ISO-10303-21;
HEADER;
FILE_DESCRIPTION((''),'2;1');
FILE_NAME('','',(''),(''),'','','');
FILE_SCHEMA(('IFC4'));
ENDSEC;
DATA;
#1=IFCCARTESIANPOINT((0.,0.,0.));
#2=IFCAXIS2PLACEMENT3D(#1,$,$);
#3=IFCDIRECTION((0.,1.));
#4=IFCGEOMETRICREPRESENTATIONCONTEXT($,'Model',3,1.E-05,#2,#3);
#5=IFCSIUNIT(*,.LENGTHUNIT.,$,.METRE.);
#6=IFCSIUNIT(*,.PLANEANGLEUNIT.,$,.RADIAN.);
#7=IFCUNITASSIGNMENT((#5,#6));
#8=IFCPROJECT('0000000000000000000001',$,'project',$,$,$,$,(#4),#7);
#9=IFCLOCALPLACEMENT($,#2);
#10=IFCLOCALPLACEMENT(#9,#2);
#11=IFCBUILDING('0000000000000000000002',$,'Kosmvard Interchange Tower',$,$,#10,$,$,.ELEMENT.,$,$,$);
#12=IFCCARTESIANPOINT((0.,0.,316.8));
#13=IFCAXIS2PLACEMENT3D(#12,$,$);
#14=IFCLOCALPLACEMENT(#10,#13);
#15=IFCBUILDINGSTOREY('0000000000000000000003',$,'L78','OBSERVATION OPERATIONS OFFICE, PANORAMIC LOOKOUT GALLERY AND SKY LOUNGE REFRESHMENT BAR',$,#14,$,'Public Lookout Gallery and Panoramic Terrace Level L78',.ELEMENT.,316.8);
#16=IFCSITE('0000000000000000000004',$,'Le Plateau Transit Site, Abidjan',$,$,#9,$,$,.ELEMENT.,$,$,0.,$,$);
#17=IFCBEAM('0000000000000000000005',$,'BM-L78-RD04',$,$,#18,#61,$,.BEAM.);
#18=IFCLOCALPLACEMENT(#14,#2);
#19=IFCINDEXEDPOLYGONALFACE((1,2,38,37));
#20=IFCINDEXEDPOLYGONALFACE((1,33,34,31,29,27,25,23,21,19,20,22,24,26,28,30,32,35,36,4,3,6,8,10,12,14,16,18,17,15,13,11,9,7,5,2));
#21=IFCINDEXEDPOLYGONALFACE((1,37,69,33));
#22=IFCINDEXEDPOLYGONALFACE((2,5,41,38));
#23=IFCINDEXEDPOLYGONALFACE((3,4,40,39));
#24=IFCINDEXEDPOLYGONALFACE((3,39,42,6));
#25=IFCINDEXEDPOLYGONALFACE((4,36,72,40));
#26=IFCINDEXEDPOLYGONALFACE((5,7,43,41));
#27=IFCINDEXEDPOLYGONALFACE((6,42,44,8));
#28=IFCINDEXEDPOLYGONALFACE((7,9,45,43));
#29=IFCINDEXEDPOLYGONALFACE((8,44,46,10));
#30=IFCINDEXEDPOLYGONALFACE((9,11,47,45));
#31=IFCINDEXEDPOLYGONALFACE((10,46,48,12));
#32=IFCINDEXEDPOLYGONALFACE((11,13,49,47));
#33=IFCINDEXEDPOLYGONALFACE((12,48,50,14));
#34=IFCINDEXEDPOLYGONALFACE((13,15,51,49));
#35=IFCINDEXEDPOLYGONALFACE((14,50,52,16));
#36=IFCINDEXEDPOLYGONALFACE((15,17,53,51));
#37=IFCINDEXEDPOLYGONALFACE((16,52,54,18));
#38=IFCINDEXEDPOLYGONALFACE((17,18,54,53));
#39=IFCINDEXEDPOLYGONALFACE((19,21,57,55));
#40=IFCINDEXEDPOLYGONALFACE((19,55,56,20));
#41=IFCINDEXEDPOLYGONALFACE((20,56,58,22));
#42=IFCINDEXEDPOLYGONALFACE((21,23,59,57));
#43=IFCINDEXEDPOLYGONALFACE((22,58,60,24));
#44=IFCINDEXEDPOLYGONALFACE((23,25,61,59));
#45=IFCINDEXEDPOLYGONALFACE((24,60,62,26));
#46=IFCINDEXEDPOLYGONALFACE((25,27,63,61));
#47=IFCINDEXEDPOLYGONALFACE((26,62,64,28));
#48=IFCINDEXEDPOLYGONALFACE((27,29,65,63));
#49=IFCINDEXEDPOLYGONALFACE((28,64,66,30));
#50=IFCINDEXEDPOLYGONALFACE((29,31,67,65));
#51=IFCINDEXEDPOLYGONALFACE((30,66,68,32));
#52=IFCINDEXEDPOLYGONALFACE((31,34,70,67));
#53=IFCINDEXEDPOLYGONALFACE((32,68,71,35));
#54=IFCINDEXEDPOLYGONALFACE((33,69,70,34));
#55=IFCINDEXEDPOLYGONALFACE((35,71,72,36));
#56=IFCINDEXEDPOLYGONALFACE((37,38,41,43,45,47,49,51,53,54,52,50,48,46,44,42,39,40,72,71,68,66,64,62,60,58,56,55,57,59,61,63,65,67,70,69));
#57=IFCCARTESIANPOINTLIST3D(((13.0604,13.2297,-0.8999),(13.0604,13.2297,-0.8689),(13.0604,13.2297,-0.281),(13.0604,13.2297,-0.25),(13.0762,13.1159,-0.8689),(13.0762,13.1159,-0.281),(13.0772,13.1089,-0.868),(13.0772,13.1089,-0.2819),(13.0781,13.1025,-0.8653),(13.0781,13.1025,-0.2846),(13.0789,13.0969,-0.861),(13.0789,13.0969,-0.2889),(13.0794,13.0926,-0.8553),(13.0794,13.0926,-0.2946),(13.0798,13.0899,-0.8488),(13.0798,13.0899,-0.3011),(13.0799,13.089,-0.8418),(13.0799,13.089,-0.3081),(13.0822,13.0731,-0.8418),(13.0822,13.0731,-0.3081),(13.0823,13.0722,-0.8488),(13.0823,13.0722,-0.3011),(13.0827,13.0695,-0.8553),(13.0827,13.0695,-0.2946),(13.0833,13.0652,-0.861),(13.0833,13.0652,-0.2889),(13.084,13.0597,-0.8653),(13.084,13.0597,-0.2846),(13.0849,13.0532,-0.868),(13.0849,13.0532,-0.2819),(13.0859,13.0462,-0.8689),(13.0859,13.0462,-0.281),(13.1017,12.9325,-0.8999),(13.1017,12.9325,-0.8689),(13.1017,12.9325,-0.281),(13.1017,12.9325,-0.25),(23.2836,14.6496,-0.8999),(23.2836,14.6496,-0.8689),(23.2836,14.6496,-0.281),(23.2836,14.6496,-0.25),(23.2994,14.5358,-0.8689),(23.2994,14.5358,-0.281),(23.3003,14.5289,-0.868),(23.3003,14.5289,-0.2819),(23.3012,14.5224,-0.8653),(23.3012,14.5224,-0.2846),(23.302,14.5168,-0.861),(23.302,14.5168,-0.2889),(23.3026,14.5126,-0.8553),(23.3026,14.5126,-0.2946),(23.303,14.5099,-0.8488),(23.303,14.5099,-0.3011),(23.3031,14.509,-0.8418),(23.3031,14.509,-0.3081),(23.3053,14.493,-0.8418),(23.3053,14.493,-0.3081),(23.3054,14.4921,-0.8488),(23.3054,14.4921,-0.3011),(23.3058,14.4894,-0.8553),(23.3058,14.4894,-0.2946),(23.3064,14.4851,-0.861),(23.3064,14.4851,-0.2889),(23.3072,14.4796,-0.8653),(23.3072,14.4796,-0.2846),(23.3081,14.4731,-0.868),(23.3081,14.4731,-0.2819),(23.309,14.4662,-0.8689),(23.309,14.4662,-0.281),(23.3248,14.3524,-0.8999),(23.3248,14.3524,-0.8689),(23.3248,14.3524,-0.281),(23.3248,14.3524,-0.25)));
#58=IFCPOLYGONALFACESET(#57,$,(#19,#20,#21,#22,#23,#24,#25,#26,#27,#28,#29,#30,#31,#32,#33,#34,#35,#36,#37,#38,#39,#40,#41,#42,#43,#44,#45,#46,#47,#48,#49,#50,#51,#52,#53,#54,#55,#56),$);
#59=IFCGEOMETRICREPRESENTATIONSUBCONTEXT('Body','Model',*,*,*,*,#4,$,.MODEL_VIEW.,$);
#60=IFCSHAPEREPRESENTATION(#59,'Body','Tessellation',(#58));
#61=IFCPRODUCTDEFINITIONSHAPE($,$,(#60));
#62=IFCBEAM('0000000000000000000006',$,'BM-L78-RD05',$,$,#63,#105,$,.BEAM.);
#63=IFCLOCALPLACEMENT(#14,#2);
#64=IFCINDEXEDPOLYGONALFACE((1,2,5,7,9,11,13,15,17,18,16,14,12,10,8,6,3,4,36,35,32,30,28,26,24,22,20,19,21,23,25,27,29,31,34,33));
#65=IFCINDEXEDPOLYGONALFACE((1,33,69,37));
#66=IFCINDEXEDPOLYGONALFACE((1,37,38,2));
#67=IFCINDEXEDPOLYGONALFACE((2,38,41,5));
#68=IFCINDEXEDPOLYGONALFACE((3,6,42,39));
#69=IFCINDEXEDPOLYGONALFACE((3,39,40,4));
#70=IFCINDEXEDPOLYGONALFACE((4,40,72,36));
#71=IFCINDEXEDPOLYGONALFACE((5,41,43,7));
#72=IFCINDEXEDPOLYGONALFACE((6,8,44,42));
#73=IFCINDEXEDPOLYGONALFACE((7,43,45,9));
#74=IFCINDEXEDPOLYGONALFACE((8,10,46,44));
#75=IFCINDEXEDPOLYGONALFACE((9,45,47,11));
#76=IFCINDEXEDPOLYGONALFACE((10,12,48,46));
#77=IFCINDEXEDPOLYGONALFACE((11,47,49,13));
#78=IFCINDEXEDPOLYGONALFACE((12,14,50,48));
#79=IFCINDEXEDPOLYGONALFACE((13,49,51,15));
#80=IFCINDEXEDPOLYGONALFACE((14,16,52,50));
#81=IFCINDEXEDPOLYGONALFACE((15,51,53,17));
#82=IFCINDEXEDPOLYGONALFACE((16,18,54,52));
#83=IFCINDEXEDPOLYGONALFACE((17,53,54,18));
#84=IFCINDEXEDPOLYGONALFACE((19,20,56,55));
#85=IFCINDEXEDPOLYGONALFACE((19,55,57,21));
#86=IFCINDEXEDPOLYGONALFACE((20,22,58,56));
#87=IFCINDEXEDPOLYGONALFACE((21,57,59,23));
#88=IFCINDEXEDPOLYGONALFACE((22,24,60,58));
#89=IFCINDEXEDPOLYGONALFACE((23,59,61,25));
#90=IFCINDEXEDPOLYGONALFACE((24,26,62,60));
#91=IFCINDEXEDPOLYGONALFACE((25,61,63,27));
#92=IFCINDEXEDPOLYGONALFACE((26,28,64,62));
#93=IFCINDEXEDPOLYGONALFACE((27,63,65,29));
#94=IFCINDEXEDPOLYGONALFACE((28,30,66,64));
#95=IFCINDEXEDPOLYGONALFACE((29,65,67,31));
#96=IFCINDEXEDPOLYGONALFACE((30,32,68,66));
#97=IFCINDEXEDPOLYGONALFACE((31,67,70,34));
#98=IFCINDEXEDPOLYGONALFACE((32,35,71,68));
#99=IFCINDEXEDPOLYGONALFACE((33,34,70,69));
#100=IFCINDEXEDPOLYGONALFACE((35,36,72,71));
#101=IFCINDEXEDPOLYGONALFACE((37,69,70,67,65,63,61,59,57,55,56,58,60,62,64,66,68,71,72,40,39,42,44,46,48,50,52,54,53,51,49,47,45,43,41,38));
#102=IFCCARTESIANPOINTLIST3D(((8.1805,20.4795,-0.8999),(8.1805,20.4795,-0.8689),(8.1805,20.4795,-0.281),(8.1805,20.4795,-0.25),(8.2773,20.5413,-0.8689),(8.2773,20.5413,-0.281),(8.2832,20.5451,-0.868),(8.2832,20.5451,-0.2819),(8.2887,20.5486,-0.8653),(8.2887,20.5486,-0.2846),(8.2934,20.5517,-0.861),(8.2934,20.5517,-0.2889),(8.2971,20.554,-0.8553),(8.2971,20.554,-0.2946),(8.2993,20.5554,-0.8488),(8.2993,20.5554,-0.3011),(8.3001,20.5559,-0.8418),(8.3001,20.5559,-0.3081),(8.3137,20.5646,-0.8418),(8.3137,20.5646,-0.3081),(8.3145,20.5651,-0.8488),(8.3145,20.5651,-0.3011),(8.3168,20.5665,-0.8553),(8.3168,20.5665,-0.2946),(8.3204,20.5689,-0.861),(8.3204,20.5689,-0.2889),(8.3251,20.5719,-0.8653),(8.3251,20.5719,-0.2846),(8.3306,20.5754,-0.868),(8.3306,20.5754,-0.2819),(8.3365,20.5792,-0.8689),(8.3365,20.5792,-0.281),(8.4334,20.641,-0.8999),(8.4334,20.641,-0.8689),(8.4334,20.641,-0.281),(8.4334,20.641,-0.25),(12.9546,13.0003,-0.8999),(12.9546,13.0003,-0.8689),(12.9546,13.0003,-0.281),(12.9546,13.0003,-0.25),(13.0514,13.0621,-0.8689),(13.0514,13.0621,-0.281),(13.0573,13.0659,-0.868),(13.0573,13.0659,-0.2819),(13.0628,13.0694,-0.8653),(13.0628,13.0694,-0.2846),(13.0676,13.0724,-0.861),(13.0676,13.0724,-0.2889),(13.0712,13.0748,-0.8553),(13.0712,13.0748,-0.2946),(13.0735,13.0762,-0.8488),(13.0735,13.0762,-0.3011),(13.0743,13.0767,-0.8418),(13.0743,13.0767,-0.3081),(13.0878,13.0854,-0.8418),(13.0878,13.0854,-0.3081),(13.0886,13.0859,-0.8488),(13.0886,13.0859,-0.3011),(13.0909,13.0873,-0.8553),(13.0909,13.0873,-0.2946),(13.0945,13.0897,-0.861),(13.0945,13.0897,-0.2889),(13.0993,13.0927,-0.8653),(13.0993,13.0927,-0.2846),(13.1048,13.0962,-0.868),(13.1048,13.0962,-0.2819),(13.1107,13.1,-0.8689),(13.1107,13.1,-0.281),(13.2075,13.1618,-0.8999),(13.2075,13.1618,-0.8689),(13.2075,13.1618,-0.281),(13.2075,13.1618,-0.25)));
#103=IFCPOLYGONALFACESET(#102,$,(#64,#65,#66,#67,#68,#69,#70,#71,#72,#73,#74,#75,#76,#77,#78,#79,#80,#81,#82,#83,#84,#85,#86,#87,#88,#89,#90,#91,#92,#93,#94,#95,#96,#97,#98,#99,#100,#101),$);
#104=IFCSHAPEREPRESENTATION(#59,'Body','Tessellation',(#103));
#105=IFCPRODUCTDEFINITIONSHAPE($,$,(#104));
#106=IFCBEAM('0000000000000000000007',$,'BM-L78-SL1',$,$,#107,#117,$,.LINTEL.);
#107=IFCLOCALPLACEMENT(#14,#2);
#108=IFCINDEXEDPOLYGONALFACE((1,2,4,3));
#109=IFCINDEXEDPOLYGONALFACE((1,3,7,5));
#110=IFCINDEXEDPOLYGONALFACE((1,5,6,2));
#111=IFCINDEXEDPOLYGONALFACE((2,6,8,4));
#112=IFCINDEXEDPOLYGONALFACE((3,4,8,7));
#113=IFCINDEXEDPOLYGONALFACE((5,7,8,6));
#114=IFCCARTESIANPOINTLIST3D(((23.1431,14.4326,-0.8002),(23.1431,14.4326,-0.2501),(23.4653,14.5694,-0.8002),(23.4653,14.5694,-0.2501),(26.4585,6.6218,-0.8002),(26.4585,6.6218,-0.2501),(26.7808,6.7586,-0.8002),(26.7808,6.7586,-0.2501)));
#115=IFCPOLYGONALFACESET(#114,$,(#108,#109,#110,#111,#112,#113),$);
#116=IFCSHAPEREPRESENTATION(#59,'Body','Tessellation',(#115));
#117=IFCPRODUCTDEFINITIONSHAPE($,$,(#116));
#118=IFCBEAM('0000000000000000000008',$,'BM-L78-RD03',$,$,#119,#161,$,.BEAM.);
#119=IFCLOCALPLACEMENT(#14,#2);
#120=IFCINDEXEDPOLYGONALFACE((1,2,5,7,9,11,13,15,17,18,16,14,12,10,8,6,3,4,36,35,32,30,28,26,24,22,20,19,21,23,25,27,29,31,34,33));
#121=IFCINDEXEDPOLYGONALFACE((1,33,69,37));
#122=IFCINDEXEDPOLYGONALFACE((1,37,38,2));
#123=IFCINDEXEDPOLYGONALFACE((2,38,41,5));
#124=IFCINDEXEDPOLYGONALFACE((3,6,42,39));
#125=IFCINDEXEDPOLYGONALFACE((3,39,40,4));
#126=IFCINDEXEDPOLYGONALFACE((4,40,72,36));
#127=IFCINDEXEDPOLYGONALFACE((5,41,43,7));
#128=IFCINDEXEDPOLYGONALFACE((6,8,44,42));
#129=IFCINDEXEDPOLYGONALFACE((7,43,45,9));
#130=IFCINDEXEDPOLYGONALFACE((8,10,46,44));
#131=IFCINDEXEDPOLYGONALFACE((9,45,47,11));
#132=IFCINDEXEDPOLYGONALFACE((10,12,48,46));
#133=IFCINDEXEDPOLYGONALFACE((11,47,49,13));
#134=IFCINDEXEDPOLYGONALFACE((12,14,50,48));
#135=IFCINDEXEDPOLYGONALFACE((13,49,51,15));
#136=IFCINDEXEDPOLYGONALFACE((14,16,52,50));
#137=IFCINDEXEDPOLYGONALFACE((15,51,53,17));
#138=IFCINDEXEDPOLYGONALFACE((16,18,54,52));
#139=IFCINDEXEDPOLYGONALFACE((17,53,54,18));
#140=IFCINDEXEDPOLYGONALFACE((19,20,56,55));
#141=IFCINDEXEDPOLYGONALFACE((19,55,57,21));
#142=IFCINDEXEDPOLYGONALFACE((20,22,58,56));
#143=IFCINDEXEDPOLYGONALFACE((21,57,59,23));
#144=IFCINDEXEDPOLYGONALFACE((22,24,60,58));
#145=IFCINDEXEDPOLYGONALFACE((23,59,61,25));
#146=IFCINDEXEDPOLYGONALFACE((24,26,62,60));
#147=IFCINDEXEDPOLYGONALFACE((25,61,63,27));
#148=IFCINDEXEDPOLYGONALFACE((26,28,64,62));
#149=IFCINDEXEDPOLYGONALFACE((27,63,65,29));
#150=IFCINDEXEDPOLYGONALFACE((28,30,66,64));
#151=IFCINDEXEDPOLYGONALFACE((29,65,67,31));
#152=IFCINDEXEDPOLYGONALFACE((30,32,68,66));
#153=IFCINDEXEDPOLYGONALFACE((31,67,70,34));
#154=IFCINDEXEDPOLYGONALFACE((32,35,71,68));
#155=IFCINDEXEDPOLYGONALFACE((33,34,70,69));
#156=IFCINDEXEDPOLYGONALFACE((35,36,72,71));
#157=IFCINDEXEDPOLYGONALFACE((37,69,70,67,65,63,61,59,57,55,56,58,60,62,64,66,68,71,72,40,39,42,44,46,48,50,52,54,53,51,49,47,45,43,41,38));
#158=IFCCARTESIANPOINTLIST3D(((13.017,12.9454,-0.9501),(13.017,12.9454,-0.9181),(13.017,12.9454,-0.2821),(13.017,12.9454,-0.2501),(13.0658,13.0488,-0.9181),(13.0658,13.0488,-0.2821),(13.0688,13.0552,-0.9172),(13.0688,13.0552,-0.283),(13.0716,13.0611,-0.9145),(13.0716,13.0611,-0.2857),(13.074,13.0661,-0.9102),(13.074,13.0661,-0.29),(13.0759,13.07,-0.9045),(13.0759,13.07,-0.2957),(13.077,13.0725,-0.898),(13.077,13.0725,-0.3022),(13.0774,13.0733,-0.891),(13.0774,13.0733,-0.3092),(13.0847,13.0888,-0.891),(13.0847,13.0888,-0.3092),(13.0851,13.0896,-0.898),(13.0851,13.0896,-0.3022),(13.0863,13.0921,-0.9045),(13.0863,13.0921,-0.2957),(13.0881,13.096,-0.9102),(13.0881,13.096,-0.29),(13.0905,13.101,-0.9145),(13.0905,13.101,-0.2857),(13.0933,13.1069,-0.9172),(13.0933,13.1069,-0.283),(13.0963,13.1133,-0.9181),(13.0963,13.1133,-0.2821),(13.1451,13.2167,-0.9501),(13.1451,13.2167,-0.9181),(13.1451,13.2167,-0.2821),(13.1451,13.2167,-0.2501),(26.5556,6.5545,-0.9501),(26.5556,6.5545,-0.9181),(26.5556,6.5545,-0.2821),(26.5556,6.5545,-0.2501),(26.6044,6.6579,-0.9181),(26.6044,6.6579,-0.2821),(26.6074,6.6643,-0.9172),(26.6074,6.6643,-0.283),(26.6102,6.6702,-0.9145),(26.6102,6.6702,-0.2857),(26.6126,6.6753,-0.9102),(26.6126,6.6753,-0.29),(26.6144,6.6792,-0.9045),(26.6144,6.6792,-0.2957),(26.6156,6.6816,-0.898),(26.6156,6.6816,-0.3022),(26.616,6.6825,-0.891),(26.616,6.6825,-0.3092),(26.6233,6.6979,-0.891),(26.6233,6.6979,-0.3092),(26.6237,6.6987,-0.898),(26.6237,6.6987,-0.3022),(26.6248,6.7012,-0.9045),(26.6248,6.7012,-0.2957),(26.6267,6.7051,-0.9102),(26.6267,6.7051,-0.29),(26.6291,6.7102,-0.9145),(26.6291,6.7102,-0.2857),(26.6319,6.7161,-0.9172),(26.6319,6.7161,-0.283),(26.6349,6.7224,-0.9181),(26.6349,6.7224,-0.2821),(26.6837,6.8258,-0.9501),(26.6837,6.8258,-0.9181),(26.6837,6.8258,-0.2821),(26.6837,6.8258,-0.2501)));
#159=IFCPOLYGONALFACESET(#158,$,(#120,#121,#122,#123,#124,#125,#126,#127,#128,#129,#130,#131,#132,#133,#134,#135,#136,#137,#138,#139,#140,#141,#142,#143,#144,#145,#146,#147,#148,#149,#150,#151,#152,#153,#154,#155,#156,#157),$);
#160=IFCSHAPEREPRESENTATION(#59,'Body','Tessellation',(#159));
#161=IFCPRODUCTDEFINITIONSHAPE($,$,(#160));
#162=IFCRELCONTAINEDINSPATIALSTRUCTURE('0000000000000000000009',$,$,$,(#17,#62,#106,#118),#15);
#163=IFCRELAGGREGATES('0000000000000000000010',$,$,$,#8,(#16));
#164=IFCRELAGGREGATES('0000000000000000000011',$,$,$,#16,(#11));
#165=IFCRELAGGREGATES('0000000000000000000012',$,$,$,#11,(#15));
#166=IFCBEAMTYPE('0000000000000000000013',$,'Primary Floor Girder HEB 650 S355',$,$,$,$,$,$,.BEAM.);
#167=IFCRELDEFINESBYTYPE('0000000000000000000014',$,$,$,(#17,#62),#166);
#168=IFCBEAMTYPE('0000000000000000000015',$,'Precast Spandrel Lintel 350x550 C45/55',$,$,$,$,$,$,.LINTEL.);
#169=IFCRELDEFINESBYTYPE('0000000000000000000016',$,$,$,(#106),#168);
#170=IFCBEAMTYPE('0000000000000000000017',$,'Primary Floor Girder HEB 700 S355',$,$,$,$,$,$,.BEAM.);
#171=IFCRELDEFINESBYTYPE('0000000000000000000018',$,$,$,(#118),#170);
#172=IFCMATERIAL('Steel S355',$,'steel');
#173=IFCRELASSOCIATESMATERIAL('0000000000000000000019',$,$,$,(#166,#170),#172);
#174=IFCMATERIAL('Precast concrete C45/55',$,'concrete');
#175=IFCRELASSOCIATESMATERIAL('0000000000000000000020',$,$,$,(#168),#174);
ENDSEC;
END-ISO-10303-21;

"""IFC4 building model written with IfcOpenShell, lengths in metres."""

from ifc_helpers import new_model, si_unit, direction, frame, origin, origin_2d, place, context, subcontext, project, spatial, rectangle, i_section, extrude, source, transform, mapped, material, material_profile, profile_set, type_object, element, save


model = new_model("IFC4")

# Units and contexts
model_context = context("Model", 3, precision=1e-05, world=origin(), true_north=direction((0.0, 1.0)))
body_context = subcontext(model_context, "Body", "Model", "MODEL_VIEW")
ifc_project = project(units=[si_unit("LENGTHUNIT", "METRE"), si_unit("PLANEANGLEUNIT", "RADIAN")], contexts=[model_context])

# Site, building, storey
site_placement = place(None, origin())
site = spatial("IfcSite", under=ifc_project, at=site_placement, Name="Le Plateau Transit Site, Abidjan", CompositionType="ELEMENT", RefElevation=0.0)
building_placement = place(site_placement, origin())
building = spatial("IfcBuilding", under=site, at=building_placement, Name="Kosmvard Interchange Tower", CompositionType="ELEMENT")
storey_placement = place(building_placement, frame((0.0, 0.0, 316.8)))
storey = spatial("IfcBuildingStorey", under=building, at=storey_placement, Name="L78", Description="OBSERVATION OPERATIONS OFFICE, PANORAMIC LOOKOUT GALLERY AND SKY LOUNGE REFRESHMENT BAR", LongName="Public Lookout Gallery and Panoramic Terrace Level L78", CompositionType="ELEMENT", Elevation=316.8)

# Beams
ifc_material_1 = material(Name="Steel S355", Category="steel")
ifc_material_profile_1 = material_profile(ifc_material_1, i_section(OverallWidth=0.3, OverallDepth=0.6499, WebThickness=0.0161, FlangeThickness=0.031, FilletRadius=0.0271, at=origin_2d()), Name="HEB 650")
ifc_profile_set_1 = profile_set([ifc_material_profile_1], Name="Steel S355")
beam_type_1 = type_object("IfcBeamType", Name="Primary Floor Girder HEB 650 S355", PredefinedType="BEAM", material=ifc_profile_set_1)
shared_shape_1 = source(origin(), body_context, "Body", "SweptSolid", [
    extrude(i_section(OverallWidth=0.3, OverallDepth=0.6499, WebThickness=0.0161, FlangeThickness=0.031, FilletRadius=0.0271, at=origin_2d()), origin(), (0.0, 0.0, 1.0), 10.3213),
])
beam_1_placement = place(storey_placement, frame((13.0811, 13.0811, -0.575), z_axis=(0.990492, 0.137572, 0.0), x_axis=(-0.137572, 0.990492, 0.0)))
element("IfcBeam", 1, at=beam_1_placement, inside=storey, type_object=beam_type_1, Name="BM-L78-RD04", PredefinedType="BEAM", context=body_context, shape_type="MappedRepresentation", body=[
    mapped(shared_shape_1, transform((0.0, 0.0, 0.0), scale=1.0)),
])
shared_shape_2 = source(origin(), body_context, "Body", "SweptSolid", [
    extrude(i_section(OverallWidth=0.3, OverallDepth=0.6499, WebThickness=0.0161, FlangeThickness=0.031, FilletRadius=0.0271, at=origin_2d()), origin(), (0.0, 0.0, 1.0), 8.873),
])
beam_2_placement = place(storey_placement, frame((13.0811, 13.0811, -0.575), z_axis=(-0.53805, 0.842913, 0.0), x_axis=(-0.842913, -0.53805, 0.0)))
element("IfcBeam", 2, at=beam_2_placement, inside=storey, type_object=beam_type_1, Name="BM-L78-RD05", PredefinedType="BEAM", context=body_context, shape_type="MappedRepresentation", body=[
    mapped(shared_shape_2, transform((0.0, 0.0, 0.0), scale=1.0)),
])
ifc_material_2 = material(Name="Precast concrete C45/55", Category="concrete")
ifc_material_profile_2 = material_profile(ifc_material_2, rectangle(XDim=0.3501, YDim=0.55, at=origin_2d()), Name="SL 350x550")
ifc_profile_set_2 = profile_set([ifc_material_profile_2], Name="Precast concrete C45/55")
beam_type_2 = type_object("IfcBeamType", Name="Precast Spandrel Lintel 350x550 C45/55", PredefinedType="LINTEL", material=ifc_profile_set_2)
shared_shape_3 = source(origin(), body_context, "Body", "SweptSolid", [
    extrude(rectangle(XDim=0.3501, YDim=0.55, at=origin_2d()), origin(), (0.0, 0.0, 1.0), 8.4854),
])
beam_3_placement = place(storey_placement, frame((26.6196, 6.6902, -0.5251), z_axis=(-0.390726, 0.920507, 0.0), x_axis=(-0.920507, -0.390726, 0.0)))
element("IfcBeam", 3, at=beam_3_placement, inside=storey, type_object=beam_type_2, Name="BM-L78-SL1", PredefinedType="LINTEL", context=body_context, shape_type="MappedRepresentation", body=[
    mapped(shared_shape_3, transform((0.0, 0.0, 0.0), scale=1.0)),
])
ifc_material_profile_3 = material_profile(ifc_material_1, i_section(OverallWidth=0.3, OverallDepth=0.7, WebThickness=0.0171, FlangeThickness=0.032, FilletRadius=0.0271, at=origin_2d()), Name="HEB 700")
ifc_profile_set_3 = profile_set([ifc_material_profile_3], Name="Steel S355")
beam_type_3 = type_object("IfcBeamType", Name="Primary Floor Girder HEB 700 S355", PredefinedType="BEAM", material=ifc_profile_set_3)
shared_shape_4 = source(origin(), body_context, "Body", "SweptSolid", [
    extrude(i_section(OverallWidth=0.3, OverallDepth=0.7, WebThickness=0.0171, FlangeThickness=0.032, FilletRadius=0.0271, at=origin_2d()), origin(), (0.0, 0.0, 1.0), 14.9712),
])
beam_4_placement = place(storey_placement, frame((13.0811, 13.0811, -0.6001), z_axis=(0.904309, -0.426878, 0.0), x_axis=(0.426878, 0.904309, 0.0)))
element("IfcBeam", 4, at=beam_4_placement, inside=storey, type_object=beam_type_3, Name="BM-L78-RD03", PredefinedType="BEAM", context=body_context, shape_type="MappedRepresentation", body=[
    mapped(shared_shape_4, transform((0.0, 0.0, 0.0), scale=1.0)),
])

save(model, "model.ifc")
